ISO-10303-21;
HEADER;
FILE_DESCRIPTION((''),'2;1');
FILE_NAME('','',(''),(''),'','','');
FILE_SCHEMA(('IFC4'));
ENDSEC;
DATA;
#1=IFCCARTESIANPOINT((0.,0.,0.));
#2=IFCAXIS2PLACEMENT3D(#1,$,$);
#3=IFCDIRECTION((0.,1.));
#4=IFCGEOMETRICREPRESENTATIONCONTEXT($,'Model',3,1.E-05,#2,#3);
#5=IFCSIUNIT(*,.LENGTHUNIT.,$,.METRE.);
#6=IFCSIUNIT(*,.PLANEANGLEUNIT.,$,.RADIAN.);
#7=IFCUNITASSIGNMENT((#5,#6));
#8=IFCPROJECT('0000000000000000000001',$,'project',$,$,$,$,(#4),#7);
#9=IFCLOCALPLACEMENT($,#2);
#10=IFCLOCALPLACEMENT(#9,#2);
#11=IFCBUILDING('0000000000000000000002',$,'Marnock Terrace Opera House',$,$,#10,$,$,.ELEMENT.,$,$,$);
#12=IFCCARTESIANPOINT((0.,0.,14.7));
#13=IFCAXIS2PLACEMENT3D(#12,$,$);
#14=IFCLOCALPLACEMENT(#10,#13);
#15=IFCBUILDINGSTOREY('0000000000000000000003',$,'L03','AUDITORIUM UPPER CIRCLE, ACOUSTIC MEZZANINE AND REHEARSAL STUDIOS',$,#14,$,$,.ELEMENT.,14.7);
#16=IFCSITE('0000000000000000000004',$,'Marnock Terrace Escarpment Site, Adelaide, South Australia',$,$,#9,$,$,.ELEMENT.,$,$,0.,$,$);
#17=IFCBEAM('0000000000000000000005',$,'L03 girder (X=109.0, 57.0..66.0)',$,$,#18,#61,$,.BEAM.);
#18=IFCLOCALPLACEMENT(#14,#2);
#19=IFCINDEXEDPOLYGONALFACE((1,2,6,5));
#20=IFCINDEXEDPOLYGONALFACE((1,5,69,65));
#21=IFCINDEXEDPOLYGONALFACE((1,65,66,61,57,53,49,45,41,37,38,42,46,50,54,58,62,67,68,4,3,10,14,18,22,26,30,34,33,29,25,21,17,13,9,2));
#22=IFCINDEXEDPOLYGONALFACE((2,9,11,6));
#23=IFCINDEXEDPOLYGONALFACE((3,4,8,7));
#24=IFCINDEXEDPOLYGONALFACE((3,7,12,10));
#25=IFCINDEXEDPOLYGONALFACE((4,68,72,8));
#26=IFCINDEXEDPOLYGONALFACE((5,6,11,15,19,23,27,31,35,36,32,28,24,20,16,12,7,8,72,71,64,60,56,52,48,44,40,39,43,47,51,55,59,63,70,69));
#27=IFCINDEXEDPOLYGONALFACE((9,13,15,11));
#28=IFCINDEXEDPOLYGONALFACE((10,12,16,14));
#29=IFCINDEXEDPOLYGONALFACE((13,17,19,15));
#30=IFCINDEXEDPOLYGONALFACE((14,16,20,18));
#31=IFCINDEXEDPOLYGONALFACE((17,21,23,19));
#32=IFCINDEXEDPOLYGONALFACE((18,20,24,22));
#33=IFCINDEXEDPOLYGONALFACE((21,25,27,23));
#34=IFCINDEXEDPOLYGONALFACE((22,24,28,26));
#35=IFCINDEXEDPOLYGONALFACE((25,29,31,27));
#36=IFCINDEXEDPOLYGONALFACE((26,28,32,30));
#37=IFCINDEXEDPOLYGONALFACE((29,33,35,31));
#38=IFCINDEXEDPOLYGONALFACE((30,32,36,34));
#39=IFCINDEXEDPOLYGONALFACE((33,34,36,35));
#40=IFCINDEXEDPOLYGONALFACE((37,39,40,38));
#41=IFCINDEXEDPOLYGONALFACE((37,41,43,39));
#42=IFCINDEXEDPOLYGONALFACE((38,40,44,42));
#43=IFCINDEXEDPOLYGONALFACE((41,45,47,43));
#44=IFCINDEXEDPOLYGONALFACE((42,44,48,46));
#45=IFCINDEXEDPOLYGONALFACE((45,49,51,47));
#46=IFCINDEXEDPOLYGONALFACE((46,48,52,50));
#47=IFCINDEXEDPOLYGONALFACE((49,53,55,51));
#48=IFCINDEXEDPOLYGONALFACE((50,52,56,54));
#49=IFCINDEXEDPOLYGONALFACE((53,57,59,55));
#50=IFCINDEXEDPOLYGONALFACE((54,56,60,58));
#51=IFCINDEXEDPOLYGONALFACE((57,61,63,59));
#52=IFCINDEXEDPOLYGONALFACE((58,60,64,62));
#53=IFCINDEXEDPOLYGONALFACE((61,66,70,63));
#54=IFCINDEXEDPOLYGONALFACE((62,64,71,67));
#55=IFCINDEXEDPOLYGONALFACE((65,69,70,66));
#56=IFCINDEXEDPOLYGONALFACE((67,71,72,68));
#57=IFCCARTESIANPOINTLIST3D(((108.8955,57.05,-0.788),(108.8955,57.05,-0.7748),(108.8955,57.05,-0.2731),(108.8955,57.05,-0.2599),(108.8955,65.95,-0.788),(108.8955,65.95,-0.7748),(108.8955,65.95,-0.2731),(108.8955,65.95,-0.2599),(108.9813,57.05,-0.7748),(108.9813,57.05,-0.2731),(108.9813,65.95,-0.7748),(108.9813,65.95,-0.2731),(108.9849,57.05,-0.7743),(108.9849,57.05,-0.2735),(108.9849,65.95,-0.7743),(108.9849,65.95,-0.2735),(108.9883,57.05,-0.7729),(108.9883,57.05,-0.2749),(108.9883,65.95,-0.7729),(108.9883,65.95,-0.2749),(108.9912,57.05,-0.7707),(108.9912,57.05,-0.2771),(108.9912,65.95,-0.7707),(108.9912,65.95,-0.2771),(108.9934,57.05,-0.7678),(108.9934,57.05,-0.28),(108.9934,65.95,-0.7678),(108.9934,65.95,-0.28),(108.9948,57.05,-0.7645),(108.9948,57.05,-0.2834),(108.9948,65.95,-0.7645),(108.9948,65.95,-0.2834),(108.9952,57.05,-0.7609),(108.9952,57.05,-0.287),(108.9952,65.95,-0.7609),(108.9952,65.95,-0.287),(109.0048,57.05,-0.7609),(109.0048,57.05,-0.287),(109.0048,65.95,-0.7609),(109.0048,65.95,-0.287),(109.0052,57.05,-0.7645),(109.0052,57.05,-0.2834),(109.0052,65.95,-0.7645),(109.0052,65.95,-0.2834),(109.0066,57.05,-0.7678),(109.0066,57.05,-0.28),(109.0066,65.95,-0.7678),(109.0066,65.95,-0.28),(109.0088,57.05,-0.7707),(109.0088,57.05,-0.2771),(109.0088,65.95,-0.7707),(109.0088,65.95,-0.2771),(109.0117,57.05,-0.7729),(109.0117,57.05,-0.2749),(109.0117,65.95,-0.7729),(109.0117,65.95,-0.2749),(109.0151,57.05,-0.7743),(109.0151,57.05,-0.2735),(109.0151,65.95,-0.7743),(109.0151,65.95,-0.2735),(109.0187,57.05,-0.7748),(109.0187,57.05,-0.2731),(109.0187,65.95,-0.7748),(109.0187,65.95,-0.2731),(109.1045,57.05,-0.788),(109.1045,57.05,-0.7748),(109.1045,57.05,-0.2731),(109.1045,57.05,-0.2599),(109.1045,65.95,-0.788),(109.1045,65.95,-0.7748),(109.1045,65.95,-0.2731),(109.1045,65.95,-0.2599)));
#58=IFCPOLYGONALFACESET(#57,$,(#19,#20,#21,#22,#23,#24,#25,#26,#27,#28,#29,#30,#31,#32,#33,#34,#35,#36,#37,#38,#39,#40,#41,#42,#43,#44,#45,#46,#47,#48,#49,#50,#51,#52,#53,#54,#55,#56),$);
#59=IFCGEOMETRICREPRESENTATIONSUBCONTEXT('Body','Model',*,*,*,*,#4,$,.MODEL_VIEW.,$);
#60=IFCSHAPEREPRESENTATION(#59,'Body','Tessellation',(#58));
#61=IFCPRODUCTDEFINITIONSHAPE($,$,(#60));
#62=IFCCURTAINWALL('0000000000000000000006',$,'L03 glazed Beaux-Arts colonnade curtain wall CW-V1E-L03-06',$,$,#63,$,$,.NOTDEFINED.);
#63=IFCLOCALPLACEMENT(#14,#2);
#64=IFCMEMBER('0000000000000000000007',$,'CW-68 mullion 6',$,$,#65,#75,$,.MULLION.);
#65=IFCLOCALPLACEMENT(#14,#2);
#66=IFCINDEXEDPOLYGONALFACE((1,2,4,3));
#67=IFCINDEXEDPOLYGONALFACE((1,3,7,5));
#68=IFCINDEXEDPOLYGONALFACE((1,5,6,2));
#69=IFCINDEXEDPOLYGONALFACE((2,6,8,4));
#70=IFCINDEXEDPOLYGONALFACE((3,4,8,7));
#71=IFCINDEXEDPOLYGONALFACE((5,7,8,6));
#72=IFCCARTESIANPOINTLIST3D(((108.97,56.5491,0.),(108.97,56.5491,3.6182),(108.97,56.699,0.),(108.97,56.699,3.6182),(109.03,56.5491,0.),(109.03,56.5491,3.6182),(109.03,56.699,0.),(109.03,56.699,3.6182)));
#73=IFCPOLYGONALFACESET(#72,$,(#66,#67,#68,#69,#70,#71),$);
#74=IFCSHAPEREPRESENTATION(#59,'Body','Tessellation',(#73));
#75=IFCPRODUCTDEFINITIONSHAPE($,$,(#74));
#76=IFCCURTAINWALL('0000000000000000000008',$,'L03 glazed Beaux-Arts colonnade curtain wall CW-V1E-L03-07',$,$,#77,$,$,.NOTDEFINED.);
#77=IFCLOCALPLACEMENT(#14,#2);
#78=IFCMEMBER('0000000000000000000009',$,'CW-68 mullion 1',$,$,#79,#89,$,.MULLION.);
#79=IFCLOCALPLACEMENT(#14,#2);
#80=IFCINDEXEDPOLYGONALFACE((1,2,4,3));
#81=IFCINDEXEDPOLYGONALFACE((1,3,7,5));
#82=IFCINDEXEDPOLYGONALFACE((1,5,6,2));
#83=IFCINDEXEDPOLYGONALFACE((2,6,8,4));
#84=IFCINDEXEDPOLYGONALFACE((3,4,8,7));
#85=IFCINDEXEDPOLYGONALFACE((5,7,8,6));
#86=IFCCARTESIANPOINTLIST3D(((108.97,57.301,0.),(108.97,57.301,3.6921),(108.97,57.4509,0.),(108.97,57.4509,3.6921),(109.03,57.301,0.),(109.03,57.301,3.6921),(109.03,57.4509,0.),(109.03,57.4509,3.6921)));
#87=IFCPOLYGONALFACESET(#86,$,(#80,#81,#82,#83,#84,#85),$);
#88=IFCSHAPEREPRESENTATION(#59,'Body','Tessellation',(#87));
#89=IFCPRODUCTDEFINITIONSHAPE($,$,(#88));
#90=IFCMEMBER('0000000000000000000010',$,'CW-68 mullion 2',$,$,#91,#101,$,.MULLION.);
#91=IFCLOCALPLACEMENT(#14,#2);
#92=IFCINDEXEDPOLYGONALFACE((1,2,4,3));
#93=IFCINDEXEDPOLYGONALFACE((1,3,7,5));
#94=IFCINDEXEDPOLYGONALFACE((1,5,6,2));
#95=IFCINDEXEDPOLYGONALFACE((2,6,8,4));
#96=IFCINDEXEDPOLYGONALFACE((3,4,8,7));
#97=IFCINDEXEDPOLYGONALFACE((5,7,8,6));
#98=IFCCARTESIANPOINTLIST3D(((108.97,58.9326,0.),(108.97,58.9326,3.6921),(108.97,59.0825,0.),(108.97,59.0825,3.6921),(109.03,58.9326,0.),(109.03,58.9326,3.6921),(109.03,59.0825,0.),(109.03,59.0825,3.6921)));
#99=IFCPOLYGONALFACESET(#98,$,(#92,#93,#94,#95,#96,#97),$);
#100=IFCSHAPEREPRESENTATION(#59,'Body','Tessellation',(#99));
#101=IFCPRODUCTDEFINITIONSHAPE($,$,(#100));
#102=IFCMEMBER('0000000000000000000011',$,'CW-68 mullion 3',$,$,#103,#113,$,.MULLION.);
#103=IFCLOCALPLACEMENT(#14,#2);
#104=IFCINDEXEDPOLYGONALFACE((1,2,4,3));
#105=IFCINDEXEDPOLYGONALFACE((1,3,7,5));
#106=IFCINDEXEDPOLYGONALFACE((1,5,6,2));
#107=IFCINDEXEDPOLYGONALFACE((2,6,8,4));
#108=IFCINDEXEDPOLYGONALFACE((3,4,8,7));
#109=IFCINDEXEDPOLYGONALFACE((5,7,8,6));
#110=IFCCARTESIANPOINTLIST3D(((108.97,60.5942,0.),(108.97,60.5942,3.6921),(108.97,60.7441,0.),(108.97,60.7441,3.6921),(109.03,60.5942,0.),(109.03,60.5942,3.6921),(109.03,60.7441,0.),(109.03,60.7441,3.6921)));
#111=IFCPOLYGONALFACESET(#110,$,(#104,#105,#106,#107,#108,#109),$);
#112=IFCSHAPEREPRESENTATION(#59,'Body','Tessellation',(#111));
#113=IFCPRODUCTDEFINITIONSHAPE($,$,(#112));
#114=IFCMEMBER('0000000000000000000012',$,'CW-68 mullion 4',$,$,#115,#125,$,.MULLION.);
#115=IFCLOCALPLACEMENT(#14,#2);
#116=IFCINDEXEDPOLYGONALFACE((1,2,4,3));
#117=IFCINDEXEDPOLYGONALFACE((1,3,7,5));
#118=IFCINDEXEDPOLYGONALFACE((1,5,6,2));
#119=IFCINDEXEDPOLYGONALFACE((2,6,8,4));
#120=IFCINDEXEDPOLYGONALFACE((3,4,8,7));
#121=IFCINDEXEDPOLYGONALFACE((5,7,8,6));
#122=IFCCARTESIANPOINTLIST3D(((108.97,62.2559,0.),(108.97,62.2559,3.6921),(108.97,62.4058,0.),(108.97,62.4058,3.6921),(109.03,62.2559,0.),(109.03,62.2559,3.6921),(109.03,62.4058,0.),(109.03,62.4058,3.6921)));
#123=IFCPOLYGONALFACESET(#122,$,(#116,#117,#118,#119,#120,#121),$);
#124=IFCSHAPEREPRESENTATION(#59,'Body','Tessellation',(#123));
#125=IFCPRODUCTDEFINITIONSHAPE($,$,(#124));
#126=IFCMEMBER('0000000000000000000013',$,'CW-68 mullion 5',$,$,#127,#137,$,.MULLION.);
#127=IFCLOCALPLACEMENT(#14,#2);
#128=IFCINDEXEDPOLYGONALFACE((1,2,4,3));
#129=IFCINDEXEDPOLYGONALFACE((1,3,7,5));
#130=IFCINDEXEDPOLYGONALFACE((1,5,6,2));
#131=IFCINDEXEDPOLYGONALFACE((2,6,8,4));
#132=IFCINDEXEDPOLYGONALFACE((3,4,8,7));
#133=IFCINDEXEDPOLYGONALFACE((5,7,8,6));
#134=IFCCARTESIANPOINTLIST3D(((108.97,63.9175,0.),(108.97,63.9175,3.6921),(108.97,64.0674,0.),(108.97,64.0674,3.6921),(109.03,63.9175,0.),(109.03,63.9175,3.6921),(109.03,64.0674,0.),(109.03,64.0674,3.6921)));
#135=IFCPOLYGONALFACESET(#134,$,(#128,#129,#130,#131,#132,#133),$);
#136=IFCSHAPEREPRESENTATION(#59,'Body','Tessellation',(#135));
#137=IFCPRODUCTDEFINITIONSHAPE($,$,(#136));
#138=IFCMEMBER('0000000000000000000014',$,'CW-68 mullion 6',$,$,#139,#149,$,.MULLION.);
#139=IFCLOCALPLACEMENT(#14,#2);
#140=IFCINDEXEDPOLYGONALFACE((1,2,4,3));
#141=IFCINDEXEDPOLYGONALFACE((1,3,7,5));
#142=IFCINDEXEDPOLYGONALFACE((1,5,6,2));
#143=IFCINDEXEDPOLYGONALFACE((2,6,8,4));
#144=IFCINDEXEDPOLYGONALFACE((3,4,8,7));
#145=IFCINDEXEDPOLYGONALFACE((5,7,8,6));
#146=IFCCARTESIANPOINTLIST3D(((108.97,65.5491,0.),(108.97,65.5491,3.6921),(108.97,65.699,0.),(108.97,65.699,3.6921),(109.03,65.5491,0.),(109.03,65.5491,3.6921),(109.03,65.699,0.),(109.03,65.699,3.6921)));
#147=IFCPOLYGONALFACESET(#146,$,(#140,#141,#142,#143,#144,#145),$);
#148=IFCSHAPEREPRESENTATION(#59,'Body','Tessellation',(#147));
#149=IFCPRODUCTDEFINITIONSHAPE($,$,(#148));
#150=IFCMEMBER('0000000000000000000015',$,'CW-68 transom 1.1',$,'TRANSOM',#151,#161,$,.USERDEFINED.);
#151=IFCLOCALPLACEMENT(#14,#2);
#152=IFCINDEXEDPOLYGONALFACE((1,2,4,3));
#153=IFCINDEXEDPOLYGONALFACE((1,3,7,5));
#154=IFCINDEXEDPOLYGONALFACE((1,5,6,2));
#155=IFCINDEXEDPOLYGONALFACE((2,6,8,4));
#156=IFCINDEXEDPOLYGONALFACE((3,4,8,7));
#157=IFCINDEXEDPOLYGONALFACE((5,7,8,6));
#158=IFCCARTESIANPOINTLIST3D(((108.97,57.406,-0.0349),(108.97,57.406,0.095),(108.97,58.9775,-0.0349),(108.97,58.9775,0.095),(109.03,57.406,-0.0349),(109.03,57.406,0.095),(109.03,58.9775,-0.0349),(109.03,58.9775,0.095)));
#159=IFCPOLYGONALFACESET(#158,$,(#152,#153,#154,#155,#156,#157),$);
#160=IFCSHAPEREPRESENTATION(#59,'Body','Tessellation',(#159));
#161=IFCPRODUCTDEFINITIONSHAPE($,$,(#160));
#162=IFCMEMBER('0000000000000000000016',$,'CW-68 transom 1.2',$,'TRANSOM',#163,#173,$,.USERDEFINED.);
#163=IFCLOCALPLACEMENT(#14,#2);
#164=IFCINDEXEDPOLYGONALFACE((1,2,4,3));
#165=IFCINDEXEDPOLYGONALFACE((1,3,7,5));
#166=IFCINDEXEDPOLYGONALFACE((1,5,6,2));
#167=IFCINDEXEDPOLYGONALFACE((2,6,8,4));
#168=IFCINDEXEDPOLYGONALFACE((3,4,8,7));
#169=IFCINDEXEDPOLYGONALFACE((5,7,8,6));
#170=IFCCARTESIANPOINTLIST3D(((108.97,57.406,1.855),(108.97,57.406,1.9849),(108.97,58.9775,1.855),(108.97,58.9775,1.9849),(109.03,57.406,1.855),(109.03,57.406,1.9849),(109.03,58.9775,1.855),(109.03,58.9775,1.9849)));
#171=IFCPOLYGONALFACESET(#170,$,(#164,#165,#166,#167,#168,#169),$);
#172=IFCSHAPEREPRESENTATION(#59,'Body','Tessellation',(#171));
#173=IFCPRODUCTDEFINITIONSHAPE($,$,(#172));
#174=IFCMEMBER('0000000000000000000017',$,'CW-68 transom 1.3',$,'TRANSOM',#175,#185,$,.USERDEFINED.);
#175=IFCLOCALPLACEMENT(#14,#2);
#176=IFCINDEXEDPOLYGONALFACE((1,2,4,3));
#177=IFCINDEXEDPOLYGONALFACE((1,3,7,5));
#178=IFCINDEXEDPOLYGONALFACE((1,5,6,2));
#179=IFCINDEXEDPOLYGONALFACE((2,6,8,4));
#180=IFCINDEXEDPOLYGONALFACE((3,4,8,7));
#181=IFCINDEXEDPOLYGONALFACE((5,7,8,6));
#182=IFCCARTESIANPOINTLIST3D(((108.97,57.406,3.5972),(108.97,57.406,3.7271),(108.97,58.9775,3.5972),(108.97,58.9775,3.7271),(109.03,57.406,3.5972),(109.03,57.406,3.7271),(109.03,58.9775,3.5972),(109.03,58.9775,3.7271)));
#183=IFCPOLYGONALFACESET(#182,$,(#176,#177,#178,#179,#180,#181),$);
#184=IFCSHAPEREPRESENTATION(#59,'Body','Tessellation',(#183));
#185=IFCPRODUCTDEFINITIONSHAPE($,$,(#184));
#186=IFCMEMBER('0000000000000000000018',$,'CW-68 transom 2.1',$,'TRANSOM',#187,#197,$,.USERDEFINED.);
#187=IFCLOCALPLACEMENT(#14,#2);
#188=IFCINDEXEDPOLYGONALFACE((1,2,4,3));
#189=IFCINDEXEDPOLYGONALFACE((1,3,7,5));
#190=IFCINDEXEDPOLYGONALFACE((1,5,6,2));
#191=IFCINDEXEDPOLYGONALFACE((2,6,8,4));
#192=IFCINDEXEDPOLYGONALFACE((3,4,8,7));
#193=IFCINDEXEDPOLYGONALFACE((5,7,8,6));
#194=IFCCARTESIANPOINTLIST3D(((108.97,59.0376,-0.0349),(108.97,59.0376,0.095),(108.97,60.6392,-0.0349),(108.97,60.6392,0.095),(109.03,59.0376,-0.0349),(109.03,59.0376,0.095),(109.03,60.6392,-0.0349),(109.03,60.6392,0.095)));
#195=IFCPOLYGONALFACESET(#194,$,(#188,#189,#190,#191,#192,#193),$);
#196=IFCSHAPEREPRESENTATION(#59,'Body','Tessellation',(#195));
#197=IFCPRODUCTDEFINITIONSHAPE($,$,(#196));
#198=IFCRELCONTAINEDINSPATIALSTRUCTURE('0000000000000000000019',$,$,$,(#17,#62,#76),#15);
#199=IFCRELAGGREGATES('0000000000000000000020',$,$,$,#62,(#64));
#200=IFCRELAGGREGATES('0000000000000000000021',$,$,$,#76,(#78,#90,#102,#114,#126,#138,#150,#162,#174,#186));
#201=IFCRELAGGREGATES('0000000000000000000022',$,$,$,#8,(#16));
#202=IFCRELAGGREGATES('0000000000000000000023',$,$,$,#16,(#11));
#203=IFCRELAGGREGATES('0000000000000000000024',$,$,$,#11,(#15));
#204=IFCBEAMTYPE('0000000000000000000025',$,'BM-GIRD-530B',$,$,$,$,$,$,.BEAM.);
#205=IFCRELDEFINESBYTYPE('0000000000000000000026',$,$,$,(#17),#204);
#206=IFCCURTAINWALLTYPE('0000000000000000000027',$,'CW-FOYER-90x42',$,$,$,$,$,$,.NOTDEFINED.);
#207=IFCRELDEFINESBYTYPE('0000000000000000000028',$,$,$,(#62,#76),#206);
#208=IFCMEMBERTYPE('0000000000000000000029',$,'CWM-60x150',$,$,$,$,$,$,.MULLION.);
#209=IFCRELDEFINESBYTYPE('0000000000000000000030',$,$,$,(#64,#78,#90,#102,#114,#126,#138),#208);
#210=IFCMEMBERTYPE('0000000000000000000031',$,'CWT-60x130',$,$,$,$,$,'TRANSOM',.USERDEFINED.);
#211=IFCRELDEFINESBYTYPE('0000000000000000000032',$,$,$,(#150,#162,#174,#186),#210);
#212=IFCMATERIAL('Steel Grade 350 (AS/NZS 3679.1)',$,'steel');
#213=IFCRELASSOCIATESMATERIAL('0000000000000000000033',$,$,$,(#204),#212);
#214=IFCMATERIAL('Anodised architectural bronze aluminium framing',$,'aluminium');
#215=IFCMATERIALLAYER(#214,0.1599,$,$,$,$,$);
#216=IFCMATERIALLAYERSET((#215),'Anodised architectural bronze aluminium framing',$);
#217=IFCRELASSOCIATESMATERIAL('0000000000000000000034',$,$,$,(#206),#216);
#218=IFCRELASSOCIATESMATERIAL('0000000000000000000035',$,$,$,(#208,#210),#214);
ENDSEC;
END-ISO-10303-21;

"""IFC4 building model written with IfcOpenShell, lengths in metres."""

from ifc_helpers import new_model, si_unit, direction, frame, origin, origin_2d, place, context, subcontext, project, spatial, rectangle, i_section, extrude, material, layer, layer_set, material_profile, profile_set, type_object, element, aggregate, save


model = new_model("IFC4")

# Units and contexts
model_context = context("Model", 3, precision=1e-05, world=origin(), true_north=direction((0.0, 1.0)))
body_context = subcontext(model_context, "Body", "Model", "MODEL_VIEW")
ifc_project = project(units=[si_unit("LENGTHUNIT", "METRE"), si_unit("PLANEANGLEUNIT", "RADIAN")], contexts=[model_context])

# Site, building, storey
site_placement = place(None, origin())
site = spatial("IfcSite", under=ifc_project, at=site_placement, Name="Marnock Terrace Escarpment Site, Adelaide, South Australia", CompositionType="ELEMENT", RefElevation=0.0)
building_placement = place(site_placement, origin())
building = spatial("IfcBuilding", under=site, at=building_placement, Name="Marnock Terrace Opera House", CompositionType="ELEMENT")
storey_placement = place(building_placement, frame((0.0, 0.0, 14.7)))
storey = spatial("IfcBuildingStorey", under=building, at=storey_placement, Name="L03", Description="AUDITORIUM UPPER CIRCLE, ACOUSTIC MEZZANINE AND REHEARSAL STUDIOS", CompositionType="ELEMENT", Elevation=14.7)

# Beam
ifc_material_1 = material(Name="Steel Grade 350 (AS/NZS 3679.1)", Category="steel")
ifc_material_profile_1 = material_profile(ifc_material_1, i_section(OverallWidth=0.209, OverallDepth=0.5281, WebThickness=0.0095, FlangeThickness=0.0132, FilletRadius=0.0139, at=origin_2d()))
ifc_profile_set_1 = profile_set([ifc_material_profile_1], Name="Steel Grade 350 (AS/NZS 3679.1)")
beam_type = type_object("IfcBeamType", Name="BM-GIRD-530B", PredefinedType="BEAM", material=ifc_profile_set_1)
beam_placement = place(storey_placement, frame((109.0, 57.05, -0.5239), z_axis=(0.0, 1.0, 0.0), x_axis=(-1.0, 0.0, 0.0)))
element("IfcBeam", 1, at=beam_placement, inside=storey, type_object=beam_type, Name="L03 girder (X=109.0, 57.0..66.0)", PredefinedType="BEAM", context=body_context, shape_type="SweptSolid", body=[
    extrude(i_section(OverallWidth=0.209, OverallDepth=0.5281, WebThickness=0.0095, FlangeThickness=0.0132, FilletRadius=0.0139, at=origin_2d()), origin(), (0.0, 0.0, 1.0), 8.8999),
])

# Curtain wall, member
ifc_material_2 = material(Name="Anodised architectural bronze aluminium framing", Category="aluminium")
ifc_layer_1 = layer(ifc_material_2, 0.1599)
ifc_layer_set_1 = layer_set([ifc_layer_1], Name="Anodised architectural bronze aluminium framing")
curtain_wall_type = type_object("IfcCurtainWallType", Name="CW-FOYER-90x42", PredefinedType="NOTDEFINED", material=ifc_layer_set_1)
curtain_wall_1_placement = place(storey_placement, origin())
curtain_wall_1 = element("IfcCurtainWall", 2, at=curtain_wall_1_placement, inside=storey, type_object=curtain_wall_type, Name="L03 glazed Beaux-Arts colonnade curtain wall CW-V1E-L03-06", PredefinedType="NOTDEFINED")
ifc_material_profile_2 = material_profile(ifc_material_2, rectangle(XDim=0.0601, YDim=0.1499, at=origin_2d()))
ifc_profile_set_2 = profile_set([ifc_material_profile_2], Name="Anodised architectural bronze aluminium framing")
member_type_1 = type_object("IfcMemberType", Name="CWM-60x150", PredefinedType="MULLION", material=ifc_profile_set_2)
member_1_placement = place(storey_placement, frame((109.0, 56.624, 0.0), z_axis=(0.0, 0.0, 1.0), x_axis=(-1.0, 0.0, 0.0)))
member_1 = element("IfcMember", 3, at=member_1_placement, type_object=member_type_1, Name="CW-68 mullion 6", PredefinedType="MULLION", context=body_context, shape_type="SweptSolid", body=[
    extrude(rectangle(XDim=0.0601, YDim=0.1499, at=origin_2d()), origin(), (0.0, 0.0, 1.0), 3.6182),
])
aggregate(curtain_wall_1, [member_1])

# Curtain wall, members
curtain_wall_2_placement = place(storey_placement, origin())
curtain_wall_2 = element("IfcCurtainWall", 4, at=curtain_wall_2_placement, inside=storey, type_object=curtain_wall_type, Name="L03 glazed Beaux-Arts colonnade curtain wall CW-V1E-L03-07", PredefinedType="NOTDEFINED")
member_2_placement = place(storey_placement, frame((109.0, 57.376, 0.0), z_axis=(0.0, 0.0, 1.0), x_axis=(-1.0, 0.0, 0.0)))
member_2 = element("IfcMember", 5, at=member_2_placement, type_object=member_type_1, Name="CW-68 mullion 1", PredefinedType="MULLION", context=body_context, shape_type="SweptSolid", body=[
    extrude(rectangle(XDim=0.0601, YDim=0.1499, at=origin_2d()), origin(), (0.0, 0.0, 1.0), 3.6921),
])
member_3_placement = place(storey_placement, frame((109.0, 59.0076, 0.0), z_axis=(0.0, 0.0, 1.0), x_axis=(-1.0, 0.0, 0.0)))
member_3 = element("IfcMember", 6, at=member_3_placement, type_object=member_type_1, Name="CW-68 mullion 2", PredefinedType="MULLION", context=body_context, shape_type="SweptSolid", body=[
    extrude(rectangle(XDim=0.0601, YDim=0.1499, at=origin_2d()), origin(), (0.0, 0.0, 1.0), 3.6921),
])
member_4_placement = place(storey_placement, frame((109.0, 60.6692, 0.0), z_axis=(0.0, 0.0, 1.0), x_axis=(-1.0, 0.0, 0.0)))
member_4 = element("IfcMember", 7, at=member_4_placement, type_object=member_type_1, Name="CW-68 mullion 3", PredefinedType="MULLION", context=body_context, shape_type="SweptSolid", body=[
    extrude(rectangle(XDim=0.0601, YDim=0.1499, at=origin_2d()), origin(), (0.0, 0.0, 1.0), 3.6921),
])
member_5_placement = place(storey_placement, frame((109.0, 62.3308, 0.0), z_axis=(0.0, 0.0, 1.0), x_axis=(-1.0, 0.0, 0.0)))
member_5 = element("IfcMember", 8, at=member_5_placement, type_object=member_type_1, Name="CW-68 mullion 4", PredefinedType="MULLION", context=body_context, shape_type="SweptSolid", body=[
    extrude(rectangle(XDim=0.0601, YDim=0.1499, at=origin_2d()), origin(), (0.0, 0.0, 1.0), 3.6921),
])
member_6_placement = place(storey_placement, frame((109.0, 63.9924, 0.0), z_axis=(0.0, 0.0, 1.0), x_axis=(-1.0, 0.0, 0.0)))
member_6 = element("IfcMember", 9, at=member_6_placement, type_object=member_type_1, Name="CW-68 mullion 5", PredefinedType="MULLION", context=body_context, shape_type="SweptSolid", body=[
    extrude(rectangle(XDim=0.0601, YDim=0.1499, at=origin_2d()), origin(), (0.0, 0.0, 1.0), 3.6921),
])
member_7_placement = place(storey_placement, frame((109.0, 65.624, 0.0), z_axis=(0.0, 0.0, 1.0), x_axis=(-1.0, 0.0, 0.0)))
member_7 = element("IfcMember", 10, at=member_7_placement, type_object=member_type_1, Name="CW-68 mullion 6", PredefinedType="MULLION", context=body_context, shape_type="SweptSolid", body=[
    extrude(rectangle(XDim=0.0601, YDim=0.1499, at=origin_2d()), origin(), (0.0, 0.0, 1.0), 3.6921),
])
ifc_material_profile_3 = material_profile(ifc_material_2, rectangle(XDim=0.0601, YDim=0.1299, at=origin_2d()))
ifc_profile_set_3 = profile_set([ifc_material_profile_3], Name="Anodised architectural bronze aluminium framing")
member_type_2 = type_object("IfcMemberType", Name="CWT-60x130", ElementType="TRANSOM", PredefinedType="USERDEFINED", material=ifc_profile_set_3)
member_8_placement = place(storey_placement, frame((109.0, 57.406, 0.03), z_axis=(0.0, 1.0, 0.0), x_axis=(-1.0, 0.0, 0.0)))
member_8 = element("IfcMember", 11, at=member_8_placement, type_object=member_type_2, Name="CW-68 transom 1.1", ObjectType="TRANSOM", PredefinedType="USERDEFINED", context=body_context, shape_type="SweptSolid", body=[
    extrude(rectangle(XDim=0.0601, YDim=0.1299, at=origin_2d()), origin(), (0.0, 0.0, 1.0), 1.5715),
])
member_9_placement = place(storey_placement, frame((109.0, 57.406, 1.9199), z_axis=(0.0, 1.0, 0.0), x_axis=(-1.0, 0.0, 0.0)))
member_9 = element("IfcMember", 12, at=member_9_placement, type_object=member_type_2, Name="CW-68 transom 1.2", ObjectType="TRANSOM", PredefinedType="USERDEFINED", context=body_context, shape_type="SweptSolid", body=[
    extrude(rectangle(XDim=0.0601, YDim=0.1299, at=origin_2d()), origin(), (0.0, 0.0, 1.0), 1.5715),
])
member_10_placement = place(storey_placement, frame((109.0, 57.406, 3.6621), z_axis=(0.0, 1.0, 0.0), x_axis=(-1.0, 0.0, 0.0)))
member_10 = element("IfcMember", 13, at=member_10_placement, type_object=member_type_2, Name="CW-68 transom 1.3", ObjectType="TRANSOM", PredefinedType="USERDEFINED", context=body_context, shape_type="SweptSolid", body=[
    extrude(rectangle(XDim=0.0601, YDim=0.1299, at=origin_2d()), origin(), (0.0, 0.0, 1.0), 1.5715),
])
member_11_placement = place(storey_placement, frame((109.0, 59.0376, 0.03), z_axis=(0.0, 1.0, 0.0), x_axis=(-1.0, 0.0, 0.0)))
member_11 = element("IfcMember", 14, at=member_11_placement, type_object=member_type_2, Name="CW-68 transom 2.1", ObjectType="TRANSOM", PredefinedType="USERDEFINED", context=body_context, shape_type="SweptSolid", body=[
    extrude(rectangle(XDim=0.0601, YDim=0.1299, at=origin_2d()), origin(), (0.0, 0.0, 1.0), 1.6016),
])
aggregate(curtain_wall_2, [member_2, member_3, member_4, member_5, member_6, member_7, member_8, member_9, member_10, member_11])

save(model, "model.ifc")
